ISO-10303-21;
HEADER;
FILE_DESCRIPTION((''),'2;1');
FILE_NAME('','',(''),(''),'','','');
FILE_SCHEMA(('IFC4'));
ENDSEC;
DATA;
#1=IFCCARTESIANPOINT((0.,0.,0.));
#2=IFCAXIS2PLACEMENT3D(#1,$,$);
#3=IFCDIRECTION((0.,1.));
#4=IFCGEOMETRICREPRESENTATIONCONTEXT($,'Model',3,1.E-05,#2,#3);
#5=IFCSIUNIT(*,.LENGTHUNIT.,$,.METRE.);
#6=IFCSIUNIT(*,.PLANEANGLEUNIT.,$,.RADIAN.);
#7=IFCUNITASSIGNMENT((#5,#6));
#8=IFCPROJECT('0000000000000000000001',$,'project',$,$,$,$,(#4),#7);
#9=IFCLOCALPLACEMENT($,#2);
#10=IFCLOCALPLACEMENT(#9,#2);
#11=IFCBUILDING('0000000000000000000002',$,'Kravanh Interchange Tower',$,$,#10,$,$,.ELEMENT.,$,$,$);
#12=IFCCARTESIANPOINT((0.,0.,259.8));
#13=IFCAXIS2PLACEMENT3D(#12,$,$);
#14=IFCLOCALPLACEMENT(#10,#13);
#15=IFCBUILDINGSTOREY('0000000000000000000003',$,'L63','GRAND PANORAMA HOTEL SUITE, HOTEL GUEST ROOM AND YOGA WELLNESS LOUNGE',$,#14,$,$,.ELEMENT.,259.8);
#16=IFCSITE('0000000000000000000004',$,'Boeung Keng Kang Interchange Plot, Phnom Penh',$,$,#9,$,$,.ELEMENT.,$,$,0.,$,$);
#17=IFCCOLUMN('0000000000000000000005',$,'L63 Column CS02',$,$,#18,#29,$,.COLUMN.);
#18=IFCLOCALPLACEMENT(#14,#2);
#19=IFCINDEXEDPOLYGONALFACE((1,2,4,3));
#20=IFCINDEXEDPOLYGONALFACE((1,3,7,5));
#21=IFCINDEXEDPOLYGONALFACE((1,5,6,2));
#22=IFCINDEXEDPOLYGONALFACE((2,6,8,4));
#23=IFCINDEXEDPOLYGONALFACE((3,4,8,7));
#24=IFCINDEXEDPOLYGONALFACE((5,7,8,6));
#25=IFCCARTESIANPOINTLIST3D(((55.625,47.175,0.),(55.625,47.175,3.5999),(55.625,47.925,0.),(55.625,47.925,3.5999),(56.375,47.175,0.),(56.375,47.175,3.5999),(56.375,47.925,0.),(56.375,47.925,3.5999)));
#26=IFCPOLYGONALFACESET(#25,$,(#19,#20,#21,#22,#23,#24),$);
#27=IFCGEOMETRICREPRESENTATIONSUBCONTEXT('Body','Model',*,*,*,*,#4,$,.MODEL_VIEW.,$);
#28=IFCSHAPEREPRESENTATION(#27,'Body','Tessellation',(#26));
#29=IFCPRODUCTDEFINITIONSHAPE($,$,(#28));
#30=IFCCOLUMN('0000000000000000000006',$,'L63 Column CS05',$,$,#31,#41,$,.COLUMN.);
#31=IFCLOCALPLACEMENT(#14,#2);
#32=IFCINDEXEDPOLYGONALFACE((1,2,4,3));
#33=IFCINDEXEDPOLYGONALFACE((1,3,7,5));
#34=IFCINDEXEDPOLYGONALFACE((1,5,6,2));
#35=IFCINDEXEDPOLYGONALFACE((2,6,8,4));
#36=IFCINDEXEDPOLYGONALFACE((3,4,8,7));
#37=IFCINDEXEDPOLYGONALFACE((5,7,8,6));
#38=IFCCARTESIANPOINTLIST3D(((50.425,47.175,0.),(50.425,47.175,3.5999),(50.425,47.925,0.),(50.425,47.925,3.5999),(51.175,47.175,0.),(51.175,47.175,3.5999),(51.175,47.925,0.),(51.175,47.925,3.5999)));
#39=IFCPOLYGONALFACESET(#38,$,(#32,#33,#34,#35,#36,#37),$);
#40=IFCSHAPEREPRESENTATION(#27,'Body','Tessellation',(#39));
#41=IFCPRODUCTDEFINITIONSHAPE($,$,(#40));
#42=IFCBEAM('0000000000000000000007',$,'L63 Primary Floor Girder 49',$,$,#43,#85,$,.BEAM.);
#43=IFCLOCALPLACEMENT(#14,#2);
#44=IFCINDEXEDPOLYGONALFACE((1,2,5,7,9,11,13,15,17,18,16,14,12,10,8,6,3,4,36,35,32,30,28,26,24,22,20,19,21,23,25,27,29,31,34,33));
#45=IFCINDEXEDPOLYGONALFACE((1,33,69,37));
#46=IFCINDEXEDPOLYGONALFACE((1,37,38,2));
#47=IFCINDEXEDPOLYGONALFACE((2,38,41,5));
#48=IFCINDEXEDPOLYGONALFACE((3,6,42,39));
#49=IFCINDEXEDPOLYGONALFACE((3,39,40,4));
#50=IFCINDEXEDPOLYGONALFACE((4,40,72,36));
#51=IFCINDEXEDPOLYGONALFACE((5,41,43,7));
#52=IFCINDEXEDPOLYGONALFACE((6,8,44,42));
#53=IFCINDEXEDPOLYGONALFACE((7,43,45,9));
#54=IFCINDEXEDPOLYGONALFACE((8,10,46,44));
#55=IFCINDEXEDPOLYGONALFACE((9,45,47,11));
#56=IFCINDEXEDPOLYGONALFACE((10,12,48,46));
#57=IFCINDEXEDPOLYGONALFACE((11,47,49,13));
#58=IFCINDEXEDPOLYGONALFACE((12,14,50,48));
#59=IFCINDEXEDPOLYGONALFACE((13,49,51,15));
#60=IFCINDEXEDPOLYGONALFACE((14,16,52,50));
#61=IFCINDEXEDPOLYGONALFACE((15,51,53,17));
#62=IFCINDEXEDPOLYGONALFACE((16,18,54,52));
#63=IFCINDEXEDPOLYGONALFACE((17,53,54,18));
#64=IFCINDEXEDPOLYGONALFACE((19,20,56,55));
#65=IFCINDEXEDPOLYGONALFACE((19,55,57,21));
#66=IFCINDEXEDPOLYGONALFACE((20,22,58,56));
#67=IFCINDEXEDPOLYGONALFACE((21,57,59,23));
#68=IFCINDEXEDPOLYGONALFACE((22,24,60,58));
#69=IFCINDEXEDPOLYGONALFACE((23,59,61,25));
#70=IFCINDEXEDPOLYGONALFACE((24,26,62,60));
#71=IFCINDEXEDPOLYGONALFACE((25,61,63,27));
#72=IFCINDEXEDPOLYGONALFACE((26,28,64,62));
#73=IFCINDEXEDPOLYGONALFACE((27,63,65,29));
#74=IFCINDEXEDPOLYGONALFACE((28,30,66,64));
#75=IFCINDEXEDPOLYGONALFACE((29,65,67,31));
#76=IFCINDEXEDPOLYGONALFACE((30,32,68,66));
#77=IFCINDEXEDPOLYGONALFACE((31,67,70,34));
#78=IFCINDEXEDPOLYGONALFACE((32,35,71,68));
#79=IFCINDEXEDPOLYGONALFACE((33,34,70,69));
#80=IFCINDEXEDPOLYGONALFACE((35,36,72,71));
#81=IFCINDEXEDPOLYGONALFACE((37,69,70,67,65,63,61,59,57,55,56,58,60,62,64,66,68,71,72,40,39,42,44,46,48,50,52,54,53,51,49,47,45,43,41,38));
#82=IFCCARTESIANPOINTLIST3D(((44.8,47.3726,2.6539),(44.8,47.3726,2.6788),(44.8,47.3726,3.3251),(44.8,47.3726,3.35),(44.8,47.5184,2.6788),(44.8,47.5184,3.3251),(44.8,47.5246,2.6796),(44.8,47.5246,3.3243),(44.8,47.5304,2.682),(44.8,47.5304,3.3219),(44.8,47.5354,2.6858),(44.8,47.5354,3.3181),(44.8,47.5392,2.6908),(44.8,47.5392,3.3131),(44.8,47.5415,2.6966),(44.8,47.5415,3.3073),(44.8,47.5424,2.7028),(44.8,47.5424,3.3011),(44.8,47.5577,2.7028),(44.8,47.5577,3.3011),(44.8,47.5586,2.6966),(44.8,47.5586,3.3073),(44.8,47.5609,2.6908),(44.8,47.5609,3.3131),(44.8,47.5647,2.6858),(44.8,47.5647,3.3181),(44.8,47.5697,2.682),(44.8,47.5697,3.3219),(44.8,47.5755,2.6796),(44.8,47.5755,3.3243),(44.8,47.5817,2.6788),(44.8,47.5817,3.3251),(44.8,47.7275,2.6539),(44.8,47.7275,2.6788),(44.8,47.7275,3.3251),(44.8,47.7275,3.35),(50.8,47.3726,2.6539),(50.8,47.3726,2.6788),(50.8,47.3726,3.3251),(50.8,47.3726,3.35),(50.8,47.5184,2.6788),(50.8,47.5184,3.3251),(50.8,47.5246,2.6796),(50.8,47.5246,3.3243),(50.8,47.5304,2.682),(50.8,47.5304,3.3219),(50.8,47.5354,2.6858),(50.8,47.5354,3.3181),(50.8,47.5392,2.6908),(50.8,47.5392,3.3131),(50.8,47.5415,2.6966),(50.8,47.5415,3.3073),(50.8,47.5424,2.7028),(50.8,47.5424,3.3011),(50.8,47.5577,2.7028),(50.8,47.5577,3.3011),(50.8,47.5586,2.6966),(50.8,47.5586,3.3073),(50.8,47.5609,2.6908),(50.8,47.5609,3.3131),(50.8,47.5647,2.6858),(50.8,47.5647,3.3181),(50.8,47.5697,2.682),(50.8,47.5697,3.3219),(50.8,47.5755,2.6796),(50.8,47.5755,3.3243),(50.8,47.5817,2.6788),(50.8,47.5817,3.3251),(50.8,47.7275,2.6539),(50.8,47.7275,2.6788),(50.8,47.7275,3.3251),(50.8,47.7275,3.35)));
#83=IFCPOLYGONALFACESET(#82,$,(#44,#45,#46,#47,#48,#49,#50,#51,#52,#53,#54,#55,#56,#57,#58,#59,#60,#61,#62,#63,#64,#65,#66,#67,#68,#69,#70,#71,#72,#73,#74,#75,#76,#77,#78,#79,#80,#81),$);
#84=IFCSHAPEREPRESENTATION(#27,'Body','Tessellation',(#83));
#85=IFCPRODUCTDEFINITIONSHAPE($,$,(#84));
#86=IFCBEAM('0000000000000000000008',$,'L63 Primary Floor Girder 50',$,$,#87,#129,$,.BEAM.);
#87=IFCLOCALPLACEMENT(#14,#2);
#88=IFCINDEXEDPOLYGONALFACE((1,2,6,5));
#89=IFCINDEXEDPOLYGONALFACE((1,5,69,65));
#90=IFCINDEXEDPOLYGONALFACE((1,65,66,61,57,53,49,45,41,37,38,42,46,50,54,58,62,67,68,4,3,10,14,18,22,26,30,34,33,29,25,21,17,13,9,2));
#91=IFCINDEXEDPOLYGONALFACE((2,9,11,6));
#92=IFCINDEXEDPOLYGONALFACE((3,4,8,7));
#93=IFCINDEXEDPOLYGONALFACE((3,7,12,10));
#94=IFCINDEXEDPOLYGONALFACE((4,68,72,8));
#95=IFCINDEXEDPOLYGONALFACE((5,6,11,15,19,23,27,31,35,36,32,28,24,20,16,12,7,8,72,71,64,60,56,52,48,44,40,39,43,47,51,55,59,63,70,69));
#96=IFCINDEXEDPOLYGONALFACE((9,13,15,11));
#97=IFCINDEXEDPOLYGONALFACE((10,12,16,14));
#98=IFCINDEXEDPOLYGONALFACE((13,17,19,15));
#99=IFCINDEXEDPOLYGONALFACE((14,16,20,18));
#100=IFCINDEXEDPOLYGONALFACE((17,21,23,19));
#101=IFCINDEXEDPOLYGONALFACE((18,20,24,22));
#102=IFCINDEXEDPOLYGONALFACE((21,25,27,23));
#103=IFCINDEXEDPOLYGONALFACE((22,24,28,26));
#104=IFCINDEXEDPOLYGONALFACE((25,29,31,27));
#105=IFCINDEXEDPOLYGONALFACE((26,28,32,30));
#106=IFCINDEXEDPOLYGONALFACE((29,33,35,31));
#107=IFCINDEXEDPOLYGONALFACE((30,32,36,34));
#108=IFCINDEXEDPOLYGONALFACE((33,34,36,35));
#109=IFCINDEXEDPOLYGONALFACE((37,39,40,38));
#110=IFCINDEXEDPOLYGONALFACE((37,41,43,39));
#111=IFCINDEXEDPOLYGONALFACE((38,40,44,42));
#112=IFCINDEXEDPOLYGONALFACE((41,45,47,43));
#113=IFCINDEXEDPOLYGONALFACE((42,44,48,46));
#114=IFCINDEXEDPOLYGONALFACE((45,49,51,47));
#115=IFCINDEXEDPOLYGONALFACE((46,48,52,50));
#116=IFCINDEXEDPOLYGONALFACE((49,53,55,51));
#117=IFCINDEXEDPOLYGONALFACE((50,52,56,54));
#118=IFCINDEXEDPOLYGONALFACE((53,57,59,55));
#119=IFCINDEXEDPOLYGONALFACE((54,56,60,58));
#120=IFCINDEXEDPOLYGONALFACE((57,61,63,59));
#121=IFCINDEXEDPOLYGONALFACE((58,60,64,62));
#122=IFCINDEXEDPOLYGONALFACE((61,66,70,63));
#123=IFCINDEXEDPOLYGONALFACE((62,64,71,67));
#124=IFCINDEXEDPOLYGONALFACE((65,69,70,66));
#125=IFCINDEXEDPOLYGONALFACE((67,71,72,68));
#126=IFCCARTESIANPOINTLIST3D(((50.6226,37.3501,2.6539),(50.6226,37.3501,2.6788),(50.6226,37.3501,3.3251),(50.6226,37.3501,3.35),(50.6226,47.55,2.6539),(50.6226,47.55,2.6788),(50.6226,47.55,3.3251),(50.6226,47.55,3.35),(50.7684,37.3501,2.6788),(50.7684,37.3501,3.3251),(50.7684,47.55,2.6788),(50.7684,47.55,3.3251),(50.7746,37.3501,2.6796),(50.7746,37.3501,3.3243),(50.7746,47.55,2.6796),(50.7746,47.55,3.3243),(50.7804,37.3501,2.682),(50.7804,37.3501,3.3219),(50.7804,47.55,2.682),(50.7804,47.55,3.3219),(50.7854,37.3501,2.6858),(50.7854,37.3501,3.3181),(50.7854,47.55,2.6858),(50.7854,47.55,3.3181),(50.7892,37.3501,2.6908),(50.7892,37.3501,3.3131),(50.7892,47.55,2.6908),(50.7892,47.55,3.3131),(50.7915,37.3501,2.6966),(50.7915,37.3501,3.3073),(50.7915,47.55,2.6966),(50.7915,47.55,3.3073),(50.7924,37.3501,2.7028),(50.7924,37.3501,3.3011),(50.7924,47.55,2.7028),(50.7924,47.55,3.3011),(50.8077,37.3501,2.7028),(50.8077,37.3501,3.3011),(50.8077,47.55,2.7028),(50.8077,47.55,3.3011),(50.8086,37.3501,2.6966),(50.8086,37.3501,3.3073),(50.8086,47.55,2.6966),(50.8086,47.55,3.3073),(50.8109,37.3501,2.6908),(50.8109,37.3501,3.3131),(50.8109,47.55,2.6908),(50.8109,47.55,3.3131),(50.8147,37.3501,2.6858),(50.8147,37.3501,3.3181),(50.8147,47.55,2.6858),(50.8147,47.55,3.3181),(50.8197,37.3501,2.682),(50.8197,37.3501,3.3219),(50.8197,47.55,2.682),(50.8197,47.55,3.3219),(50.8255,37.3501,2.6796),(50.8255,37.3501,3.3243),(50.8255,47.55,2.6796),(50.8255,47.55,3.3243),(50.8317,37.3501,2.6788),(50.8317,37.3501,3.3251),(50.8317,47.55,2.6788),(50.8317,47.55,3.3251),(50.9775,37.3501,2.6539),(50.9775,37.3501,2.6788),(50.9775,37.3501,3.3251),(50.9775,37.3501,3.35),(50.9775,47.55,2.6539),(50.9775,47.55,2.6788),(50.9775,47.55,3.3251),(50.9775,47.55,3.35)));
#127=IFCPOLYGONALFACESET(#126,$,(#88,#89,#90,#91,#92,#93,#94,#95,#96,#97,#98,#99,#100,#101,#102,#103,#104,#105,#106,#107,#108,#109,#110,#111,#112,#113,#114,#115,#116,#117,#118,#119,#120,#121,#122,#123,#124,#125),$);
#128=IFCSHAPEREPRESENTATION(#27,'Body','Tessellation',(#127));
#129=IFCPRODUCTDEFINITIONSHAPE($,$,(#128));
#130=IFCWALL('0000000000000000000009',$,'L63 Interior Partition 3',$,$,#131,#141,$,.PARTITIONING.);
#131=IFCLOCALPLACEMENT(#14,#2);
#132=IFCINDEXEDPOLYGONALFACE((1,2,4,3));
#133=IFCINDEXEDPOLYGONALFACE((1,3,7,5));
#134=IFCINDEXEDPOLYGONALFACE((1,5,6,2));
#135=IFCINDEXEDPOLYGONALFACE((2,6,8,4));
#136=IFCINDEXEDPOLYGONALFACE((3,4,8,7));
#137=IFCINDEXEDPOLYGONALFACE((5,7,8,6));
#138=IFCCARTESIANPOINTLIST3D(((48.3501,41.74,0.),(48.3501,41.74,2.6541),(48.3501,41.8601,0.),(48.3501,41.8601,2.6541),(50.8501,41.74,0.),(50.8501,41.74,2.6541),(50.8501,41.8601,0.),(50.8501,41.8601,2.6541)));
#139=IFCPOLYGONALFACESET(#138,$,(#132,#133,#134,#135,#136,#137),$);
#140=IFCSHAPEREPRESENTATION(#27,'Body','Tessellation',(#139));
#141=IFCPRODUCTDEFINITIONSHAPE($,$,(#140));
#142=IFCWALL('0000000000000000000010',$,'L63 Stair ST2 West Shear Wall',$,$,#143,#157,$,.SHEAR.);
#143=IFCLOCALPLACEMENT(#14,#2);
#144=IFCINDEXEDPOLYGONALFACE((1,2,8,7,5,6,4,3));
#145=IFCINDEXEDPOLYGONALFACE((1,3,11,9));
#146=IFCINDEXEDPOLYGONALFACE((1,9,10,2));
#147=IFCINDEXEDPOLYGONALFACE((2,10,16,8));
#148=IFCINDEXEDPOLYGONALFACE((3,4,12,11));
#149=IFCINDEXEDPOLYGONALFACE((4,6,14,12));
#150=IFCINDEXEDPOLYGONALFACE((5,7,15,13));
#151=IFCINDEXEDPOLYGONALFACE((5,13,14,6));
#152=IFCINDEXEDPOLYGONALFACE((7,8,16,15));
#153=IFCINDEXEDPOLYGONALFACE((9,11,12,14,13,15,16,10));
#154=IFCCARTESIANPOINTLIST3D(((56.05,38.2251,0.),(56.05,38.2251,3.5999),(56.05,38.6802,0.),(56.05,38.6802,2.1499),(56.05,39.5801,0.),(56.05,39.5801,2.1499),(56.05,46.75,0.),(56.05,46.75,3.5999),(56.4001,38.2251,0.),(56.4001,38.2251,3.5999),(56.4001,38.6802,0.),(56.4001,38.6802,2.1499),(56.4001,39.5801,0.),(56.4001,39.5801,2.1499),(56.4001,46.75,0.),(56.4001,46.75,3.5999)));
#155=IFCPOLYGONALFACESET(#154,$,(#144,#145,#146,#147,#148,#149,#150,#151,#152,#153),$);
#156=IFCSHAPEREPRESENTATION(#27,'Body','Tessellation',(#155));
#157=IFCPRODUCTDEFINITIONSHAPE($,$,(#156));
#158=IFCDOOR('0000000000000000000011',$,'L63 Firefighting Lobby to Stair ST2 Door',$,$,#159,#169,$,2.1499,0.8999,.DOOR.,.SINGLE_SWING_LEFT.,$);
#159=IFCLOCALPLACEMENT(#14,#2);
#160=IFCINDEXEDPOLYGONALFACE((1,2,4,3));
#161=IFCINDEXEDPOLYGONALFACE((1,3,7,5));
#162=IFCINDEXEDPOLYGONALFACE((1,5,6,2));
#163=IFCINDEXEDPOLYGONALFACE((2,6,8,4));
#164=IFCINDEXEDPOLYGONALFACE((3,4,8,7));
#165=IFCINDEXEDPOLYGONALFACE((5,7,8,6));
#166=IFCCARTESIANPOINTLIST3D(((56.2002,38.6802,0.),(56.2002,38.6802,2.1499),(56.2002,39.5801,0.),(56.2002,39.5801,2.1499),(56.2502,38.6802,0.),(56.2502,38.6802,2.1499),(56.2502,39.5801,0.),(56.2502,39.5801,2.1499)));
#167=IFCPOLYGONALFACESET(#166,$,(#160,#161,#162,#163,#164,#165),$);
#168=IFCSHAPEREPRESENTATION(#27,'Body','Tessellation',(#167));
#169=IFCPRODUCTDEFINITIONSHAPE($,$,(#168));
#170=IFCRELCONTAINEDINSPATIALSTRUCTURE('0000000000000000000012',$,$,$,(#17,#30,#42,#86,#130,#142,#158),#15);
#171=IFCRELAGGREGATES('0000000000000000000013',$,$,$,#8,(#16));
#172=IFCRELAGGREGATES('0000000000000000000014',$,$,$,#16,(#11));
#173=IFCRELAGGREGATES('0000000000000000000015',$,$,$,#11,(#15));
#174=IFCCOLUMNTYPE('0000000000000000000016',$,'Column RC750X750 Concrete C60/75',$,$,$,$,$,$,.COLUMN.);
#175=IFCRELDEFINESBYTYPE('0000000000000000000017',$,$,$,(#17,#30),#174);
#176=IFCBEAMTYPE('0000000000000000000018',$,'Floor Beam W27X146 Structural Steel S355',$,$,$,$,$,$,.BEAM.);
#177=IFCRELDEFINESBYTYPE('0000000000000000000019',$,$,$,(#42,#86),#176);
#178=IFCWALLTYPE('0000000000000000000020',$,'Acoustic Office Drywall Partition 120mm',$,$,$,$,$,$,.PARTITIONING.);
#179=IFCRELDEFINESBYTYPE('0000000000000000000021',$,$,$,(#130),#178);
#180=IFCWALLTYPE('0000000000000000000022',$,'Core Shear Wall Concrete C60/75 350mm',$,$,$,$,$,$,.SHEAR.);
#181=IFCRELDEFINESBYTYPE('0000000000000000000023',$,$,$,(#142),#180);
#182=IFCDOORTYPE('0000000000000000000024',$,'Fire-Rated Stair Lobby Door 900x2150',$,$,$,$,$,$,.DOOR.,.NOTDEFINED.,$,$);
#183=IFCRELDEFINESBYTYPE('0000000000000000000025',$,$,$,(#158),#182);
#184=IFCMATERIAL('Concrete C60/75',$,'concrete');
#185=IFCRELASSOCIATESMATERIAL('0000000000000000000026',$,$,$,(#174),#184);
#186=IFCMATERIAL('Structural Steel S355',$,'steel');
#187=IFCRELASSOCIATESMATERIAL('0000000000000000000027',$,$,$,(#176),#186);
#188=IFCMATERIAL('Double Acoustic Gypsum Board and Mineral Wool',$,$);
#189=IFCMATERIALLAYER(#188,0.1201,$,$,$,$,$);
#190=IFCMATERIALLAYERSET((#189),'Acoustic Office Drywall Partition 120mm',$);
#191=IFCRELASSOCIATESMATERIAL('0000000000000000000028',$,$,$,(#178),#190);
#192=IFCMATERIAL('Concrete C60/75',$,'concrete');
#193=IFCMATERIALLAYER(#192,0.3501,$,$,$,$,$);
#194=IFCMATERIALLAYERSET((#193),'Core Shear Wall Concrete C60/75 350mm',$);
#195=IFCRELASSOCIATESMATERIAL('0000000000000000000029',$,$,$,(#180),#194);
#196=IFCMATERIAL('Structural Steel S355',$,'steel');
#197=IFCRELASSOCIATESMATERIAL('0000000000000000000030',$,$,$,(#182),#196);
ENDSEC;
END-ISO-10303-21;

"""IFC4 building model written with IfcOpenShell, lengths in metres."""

from ifc_helpers import new_model, si_unit, direction, frame, frame_2d, origin, origin_2d, place, context, subcontext, project, spatial, rectangle, i_section, extrude, material, layer, layer_set, material_profile, profile_set, type_object, element, fill, save


model = new_model("IFC4")

# Units and contexts
model_context = context("Model", 3, precision=1e-05, world=origin(), true_north=direction((0.0, 1.0)))
body_context = subcontext(model_context, "Body", "Model", "MODEL_VIEW")
ifc_project = project(units=[si_unit("LENGTHUNIT", "METRE"), si_unit("PLANEANGLEUNIT", "RADIAN")], contexts=[model_context])

# Site, building, storey
site_placement = place(None, origin())
site = spatial("IfcSite", under=ifc_project, at=site_placement, Name="Boeung Keng Kang Interchange Plot, Phnom Penh", CompositionType="ELEMENT", RefElevation=0.0)
building_placement = place(site_placement, origin())
building = spatial("IfcBuilding", under=site, at=building_placement, Name="Kravanh Interchange Tower", CompositionType="ELEMENT")
storey_placement = place(building_placement, frame((0.0, 0.0, 259.8)))
storey = spatial("IfcBuildingStorey", under=building, at=storey_placement, Name="L63", Description="GRAND PANORAMA HOTEL SUITE, HOTEL GUEST ROOM AND YOGA WELLNESS LOUNGE", CompositionType="ELEMENT", Elevation=259.8)

# Columns
ifc_material_1 = material(Name="Concrete C60/75", Category="concrete")
ifc_material_profile_1 = material_profile(ifc_material_1, rectangle(XDim=0.75, YDim=0.75, at=origin_2d()), Name="RC750X750")
ifc_profile_set_1 = profile_set([ifc_material_profile_1], Name="Concrete C60/75")
column_type = type_object("IfcColumnType", Name="Column RC750X750 Concrete C60/75", PredefinedType="COLUMN", material=ifc_profile_set_1)
for number, where, z_axis, x_axis, name in (
    (1, (56.0, 47.55, 0.0), (0.0, 0.0, 1.0), (1.0, 0.0, 0.0), "L63 Column CS02"),
    (2, (50.8, 47.55, 0.0), (0.0, 0.0, 1.0), (1.0, 0.0, 0.0), "L63 Column CS05"),
):
    element("IfcColumn", number, at=place(storey_placement, frame(where, z_axis=z_axis, x_axis=x_axis)), inside=storey, type_object=column_type, Name=name, PredefinedType="COLUMN", context=body_context, shape_type="SweptSolid", body=[
        extrude(rectangle(XDim=0.75, YDim=0.75, at=origin_2d()), origin(), (0.0, 0.0, 1.0), 3.5999),
    ])

# Beams
ifc_material_2 = material(Name="Structural Steel S355", Category="steel")
ifc_material_profile_2 = material_profile(ifc_material_2, i_section(OverallWidth=0.355, OverallDepth=0.696, WebThickness=0.0154, FlangeThickness=0.0249, FilletRadius=0.0239, at=origin_2d()), Name="W27X146")
ifc_profile_set_2 = profile_set([ifc_material_profile_2], Name="Structural Steel S355")
beam_type = type_object("IfcBeamType", Name="Floor Beam W27X146 Structural Steel S355", PredefinedType="BEAM", material=ifc_profile_set_2)
beam_1_placement = place(storey_placement, frame((50.8, 47.55, 3.002), z_axis=(-1.0, 0.0, 0.0), x_axis=(0.0, -1.0, 0.0)))
element("IfcBeam", 3, at=beam_1_placement, inside=storey, type_object=beam_type, Name="L63 Primary Floor Girder 49", PredefinedType="BEAM", context=body_context, shape_type="SweptSolid", body=[
    extrude(i_section(OverallWidth=0.355, OverallDepth=0.696, WebThickness=0.0154, FlangeThickness=0.0249, FilletRadius=0.0239, at=origin_2d()), origin(), (0.0, 0.0, 1.0), 6.0),
])
beam_2_placement = place(storey_placement, frame((50.8, 47.55, 3.002), z_axis=(0.0, -1.0, 0.0), x_axis=(1.0, 0.0, 0.0)))
element("IfcBeam", 4, at=beam_2_placement, inside=storey, type_object=beam_type, Name="L63 Primary Floor Girder 50", PredefinedType="BEAM", context=body_context, shape_type="SweptSolid", body=[
    extrude(i_section(OverallWidth=0.355, OverallDepth=0.696, WebThickness=0.0154, FlangeThickness=0.0249, FilletRadius=0.0239, at=origin_2d()), origin(), (0.0, 0.0, 1.0), 10.2),
])

# Wall
ifc_material_3 = material(Name="Double Acoustic Gypsum Board and Mineral Wool")
ifc_layer_1 = layer(ifc_material_3, 0.1201)
ifc_layer_set_1 = layer_set([ifc_layer_1], Name="Acoustic Office Drywall Partition 120mm")
wall_type_1 = type_object("IfcWallType", Name="Acoustic Office Drywall Partition 120mm", PredefinedType="PARTITIONING", material=ifc_layer_set_1)
wall_1_placement = place(storey_placement, frame((48.3501, 41.8, 0.0), z_axis=(0.0, 0.0, 1.0), x_axis=(1.0, 0.0, 0.0)))
element("IfcWall", 5, at=wall_1_placement, inside=storey, type_object=wall_type_1, Name="L63 Interior Partition 3", PredefinedType="PARTITIONING", context=body_context, shape_type="SweptSolid", body=[
    extrude(rectangle(XDim=2.5, YDim=0.1201, at=frame_2d((1.25, 0.0))), origin(), (0.0, 0.0, 1.0), 2.6541),
])

# Wall, opening, door
ifc_material_4 = material(Name="Concrete C60/75", Category="concrete")
ifc_layer_2 = layer(ifc_material_4, 0.3501)
ifc_layer_set_2 = layer_set([ifc_layer_2], Name="Core Shear Wall Concrete C60/75 350mm")
wall_type_2 = type_object("IfcWallType", Name="Core Shear Wall Concrete C60/75 350mm", PredefinedType="SHEAR", material=ifc_layer_set_2)
wall_2_placement = place(storey_placement, frame((56.2251, 38.2251, 0.0), z_axis=(0.0, 0.0, 1.0), x_axis=(0.0, 1.0, 0.0)))
wall_2 = element("IfcWall", 6, at=wall_2_placement, inside=storey, type_object=wall_type_2, Name="L63 Stair ST2 West Shear Wall", PredefinedType="SHEAR", context=body_context, shape_type="SweptSolid", body=[
    extrude(rectangle(XDim=8.5249, YDim=0.3501, at=frame_2d((4.2625, 0.0))), origin(), (0.0, 0.0, 1.0), 3.5999),
])
opening_1_placement = place(wall_2_placement, frame((0.4551, 0.0, 0.0)))
opening_1 = element("IfcOpeningElement", 7, at=opening_1_placement, cuts=wall_2, PredefinedType="OPENING", context=body_context, shape_type="SweptSolid", body=[
    extrude(rectangle(XDim=0.8999, YDim=2.1499, at=frame_2d((0.45, 1.075))), frame((0.0, 0.1851, 0.0), z_axis=(0.0, -1.0, 0.0), x_axis=(1.0, 0.0, 0.0)), (0.0, 0.0, 1.0), 0.3701),
])
ifc_material_5 = material(Name="Structural Steel S355", Category="steel")
door_type_1 = type_object("IfcDoorType", Name="Fire-Rated Stair Lobby Door 900x2150", OperationType="NOTDEFINED", PredefinedType="DOOR", material=ifc_material_5)
door_1_placement = place(opening_1_placement, origin())
door_1 = element("IfcDoor", 8, at=door_1_placement, inside=storey, type_object=door_type_1, Name="L63 Firefighting Lobby to Stair ST2 Door", OperationType="SINGLE_SWING_LEFT", OverallHeight=2.1499, OverallWidth=0.8999, PredefinedType="DOOR", context=body_context, shape_type="SweptSolid", body=[
    extrude(rectangle(XDim=0.8999, YDim=2.1499, at=frame_2d((0.45, 1.075))), frame((0.0, 0.0249, 0.0), z_axis=(0.0, -1.0, 0.0), x_axis=(1.0, 0.0, 0.0)), (0.0, 0.0, 1.0), 0.05),
])
fill(opening_1, door_1)

save(model, "model.ifc")
